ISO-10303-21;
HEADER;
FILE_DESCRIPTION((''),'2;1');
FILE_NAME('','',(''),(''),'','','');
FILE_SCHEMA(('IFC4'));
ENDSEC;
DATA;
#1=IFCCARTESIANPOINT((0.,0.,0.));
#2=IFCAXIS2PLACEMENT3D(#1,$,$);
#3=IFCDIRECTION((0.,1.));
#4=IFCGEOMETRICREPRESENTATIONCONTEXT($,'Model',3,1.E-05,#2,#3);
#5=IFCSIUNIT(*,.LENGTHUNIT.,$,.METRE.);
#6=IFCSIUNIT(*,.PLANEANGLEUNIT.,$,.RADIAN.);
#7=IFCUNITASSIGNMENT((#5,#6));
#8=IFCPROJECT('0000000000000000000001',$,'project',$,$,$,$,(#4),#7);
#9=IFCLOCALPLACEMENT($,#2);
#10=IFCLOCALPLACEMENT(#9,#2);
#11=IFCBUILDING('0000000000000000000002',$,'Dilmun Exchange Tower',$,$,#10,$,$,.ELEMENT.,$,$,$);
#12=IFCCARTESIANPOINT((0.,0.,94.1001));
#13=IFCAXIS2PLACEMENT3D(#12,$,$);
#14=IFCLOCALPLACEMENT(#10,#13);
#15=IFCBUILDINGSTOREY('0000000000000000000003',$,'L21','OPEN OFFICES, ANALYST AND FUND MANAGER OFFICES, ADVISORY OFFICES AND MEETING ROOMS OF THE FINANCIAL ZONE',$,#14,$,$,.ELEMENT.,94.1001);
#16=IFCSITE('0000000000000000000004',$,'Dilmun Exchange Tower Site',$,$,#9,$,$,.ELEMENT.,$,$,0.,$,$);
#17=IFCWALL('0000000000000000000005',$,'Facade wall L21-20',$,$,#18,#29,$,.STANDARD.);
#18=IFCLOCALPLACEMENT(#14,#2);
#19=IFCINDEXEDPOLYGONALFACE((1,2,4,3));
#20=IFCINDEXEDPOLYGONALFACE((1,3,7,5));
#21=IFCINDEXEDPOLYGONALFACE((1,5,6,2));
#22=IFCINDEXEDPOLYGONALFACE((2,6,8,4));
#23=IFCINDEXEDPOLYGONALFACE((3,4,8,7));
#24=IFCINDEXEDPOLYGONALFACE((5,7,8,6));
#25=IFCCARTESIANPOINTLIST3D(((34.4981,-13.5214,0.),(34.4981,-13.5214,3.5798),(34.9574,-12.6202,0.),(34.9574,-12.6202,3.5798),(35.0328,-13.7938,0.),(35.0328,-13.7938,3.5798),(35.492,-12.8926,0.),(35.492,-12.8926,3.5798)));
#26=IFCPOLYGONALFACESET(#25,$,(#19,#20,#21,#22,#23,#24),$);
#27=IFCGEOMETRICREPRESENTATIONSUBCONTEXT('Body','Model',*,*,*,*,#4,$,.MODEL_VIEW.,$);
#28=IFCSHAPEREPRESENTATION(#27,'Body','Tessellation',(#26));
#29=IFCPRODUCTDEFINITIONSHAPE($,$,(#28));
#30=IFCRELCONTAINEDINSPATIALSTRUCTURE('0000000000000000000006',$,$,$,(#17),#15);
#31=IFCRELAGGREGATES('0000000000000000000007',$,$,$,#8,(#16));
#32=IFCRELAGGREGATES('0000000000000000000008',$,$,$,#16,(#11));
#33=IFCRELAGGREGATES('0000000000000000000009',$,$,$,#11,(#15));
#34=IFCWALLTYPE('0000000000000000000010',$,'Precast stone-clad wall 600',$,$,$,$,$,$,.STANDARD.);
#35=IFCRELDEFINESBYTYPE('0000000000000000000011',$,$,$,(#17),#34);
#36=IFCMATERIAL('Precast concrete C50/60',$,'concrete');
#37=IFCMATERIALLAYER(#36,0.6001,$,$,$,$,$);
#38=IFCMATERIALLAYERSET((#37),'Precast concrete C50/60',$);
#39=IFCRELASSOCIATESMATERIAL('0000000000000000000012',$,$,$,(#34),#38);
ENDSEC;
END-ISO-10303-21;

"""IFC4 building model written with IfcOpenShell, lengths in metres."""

from ifc_helpers import new_model, si_unit, direction, frame, frame_2d, origin, place, context, subcontext, project, spatial, rectangle, extrude, material, layer, layer_set, type_object, element, save


model = new_model("IFC4")

# Units and contexts
model_context = context("Model", 3, precision=1e-05, world=origin(), true_north=direction((0.0, 1.0)))
body_context = subcontext(model_context, "Body", "Model", "MODEL_VIEW")
ifc_project = project(units=[si_unit("LENGTHUNIT", "METRE"), si_unit("PLANEANGLEUNIT", "RADIAN")], contexts=[model_context])

# Site, building, storey
site_placement = place(None, origin())
site = spatial("IfcSite", under=ifc_project, at=site_placement, Name="Dilmun Exchange Tower Site", CompositionType="ELEMENT", RefElevation=0.0)
building_placement = place(site_placement, origin())
building = spatial("IfcBuilding", under=site, at=building_placement, Name="Dilmun Exchange Tower", CompositionType="ELEMENT")
storey_placement = place(building_placement, frame((0.0, 0.0, 94.1001)))
storey = spatial("IfcBuildingStorey", under=building, at=storey_placement, Name="L21", Description="OPEN OFFICES, ANALYST AND FUND MANAGER OFFICES, ADVISORY OFFICES AND MEETING ROOMS OF THE FINANCIAL ZONE", CompositionType="ELEMENT", Elevation=94.1001)

# Shared definitions
ifc_material_1 = material(Name="Precast concrete C50/60", Category="concrete")
ifc_layer_1 = layer(ifc_material_1, 0.6001)
ifc_layer_set_1 = layer_set([ifc_layer_1], Name="Precast concrete C50/60")
wall_type_1 = type_object("IfcWallType", Name="Precast stone-clad wall 600", PredefinedType="STANDARD", material=ifc_layer_set_1)

# Wall
wall_1_placement = place(storey_placement, frame((34.7654, -13.6577, 0.0), z_axis=(0.0, 0.0, 1.0), x_axis=(0.454056, 0.890973, 0.0)))
element("IfcWall", 1, at=wall_1_placement, inside=storey, type_object=wall_type_1, Name="Facade wall L21-20", PredefinedType="STANDARD", context=body_context, shape_type="SweptSolid", body=[
    extrude(rectangle(XDim=1.0115, YDim=0.6001, at=frame_2d((0.5059, 0.0))), origin(), (0.0, 0.0, 1.0), 3.5798),
])

save(model, "model.ifc")
